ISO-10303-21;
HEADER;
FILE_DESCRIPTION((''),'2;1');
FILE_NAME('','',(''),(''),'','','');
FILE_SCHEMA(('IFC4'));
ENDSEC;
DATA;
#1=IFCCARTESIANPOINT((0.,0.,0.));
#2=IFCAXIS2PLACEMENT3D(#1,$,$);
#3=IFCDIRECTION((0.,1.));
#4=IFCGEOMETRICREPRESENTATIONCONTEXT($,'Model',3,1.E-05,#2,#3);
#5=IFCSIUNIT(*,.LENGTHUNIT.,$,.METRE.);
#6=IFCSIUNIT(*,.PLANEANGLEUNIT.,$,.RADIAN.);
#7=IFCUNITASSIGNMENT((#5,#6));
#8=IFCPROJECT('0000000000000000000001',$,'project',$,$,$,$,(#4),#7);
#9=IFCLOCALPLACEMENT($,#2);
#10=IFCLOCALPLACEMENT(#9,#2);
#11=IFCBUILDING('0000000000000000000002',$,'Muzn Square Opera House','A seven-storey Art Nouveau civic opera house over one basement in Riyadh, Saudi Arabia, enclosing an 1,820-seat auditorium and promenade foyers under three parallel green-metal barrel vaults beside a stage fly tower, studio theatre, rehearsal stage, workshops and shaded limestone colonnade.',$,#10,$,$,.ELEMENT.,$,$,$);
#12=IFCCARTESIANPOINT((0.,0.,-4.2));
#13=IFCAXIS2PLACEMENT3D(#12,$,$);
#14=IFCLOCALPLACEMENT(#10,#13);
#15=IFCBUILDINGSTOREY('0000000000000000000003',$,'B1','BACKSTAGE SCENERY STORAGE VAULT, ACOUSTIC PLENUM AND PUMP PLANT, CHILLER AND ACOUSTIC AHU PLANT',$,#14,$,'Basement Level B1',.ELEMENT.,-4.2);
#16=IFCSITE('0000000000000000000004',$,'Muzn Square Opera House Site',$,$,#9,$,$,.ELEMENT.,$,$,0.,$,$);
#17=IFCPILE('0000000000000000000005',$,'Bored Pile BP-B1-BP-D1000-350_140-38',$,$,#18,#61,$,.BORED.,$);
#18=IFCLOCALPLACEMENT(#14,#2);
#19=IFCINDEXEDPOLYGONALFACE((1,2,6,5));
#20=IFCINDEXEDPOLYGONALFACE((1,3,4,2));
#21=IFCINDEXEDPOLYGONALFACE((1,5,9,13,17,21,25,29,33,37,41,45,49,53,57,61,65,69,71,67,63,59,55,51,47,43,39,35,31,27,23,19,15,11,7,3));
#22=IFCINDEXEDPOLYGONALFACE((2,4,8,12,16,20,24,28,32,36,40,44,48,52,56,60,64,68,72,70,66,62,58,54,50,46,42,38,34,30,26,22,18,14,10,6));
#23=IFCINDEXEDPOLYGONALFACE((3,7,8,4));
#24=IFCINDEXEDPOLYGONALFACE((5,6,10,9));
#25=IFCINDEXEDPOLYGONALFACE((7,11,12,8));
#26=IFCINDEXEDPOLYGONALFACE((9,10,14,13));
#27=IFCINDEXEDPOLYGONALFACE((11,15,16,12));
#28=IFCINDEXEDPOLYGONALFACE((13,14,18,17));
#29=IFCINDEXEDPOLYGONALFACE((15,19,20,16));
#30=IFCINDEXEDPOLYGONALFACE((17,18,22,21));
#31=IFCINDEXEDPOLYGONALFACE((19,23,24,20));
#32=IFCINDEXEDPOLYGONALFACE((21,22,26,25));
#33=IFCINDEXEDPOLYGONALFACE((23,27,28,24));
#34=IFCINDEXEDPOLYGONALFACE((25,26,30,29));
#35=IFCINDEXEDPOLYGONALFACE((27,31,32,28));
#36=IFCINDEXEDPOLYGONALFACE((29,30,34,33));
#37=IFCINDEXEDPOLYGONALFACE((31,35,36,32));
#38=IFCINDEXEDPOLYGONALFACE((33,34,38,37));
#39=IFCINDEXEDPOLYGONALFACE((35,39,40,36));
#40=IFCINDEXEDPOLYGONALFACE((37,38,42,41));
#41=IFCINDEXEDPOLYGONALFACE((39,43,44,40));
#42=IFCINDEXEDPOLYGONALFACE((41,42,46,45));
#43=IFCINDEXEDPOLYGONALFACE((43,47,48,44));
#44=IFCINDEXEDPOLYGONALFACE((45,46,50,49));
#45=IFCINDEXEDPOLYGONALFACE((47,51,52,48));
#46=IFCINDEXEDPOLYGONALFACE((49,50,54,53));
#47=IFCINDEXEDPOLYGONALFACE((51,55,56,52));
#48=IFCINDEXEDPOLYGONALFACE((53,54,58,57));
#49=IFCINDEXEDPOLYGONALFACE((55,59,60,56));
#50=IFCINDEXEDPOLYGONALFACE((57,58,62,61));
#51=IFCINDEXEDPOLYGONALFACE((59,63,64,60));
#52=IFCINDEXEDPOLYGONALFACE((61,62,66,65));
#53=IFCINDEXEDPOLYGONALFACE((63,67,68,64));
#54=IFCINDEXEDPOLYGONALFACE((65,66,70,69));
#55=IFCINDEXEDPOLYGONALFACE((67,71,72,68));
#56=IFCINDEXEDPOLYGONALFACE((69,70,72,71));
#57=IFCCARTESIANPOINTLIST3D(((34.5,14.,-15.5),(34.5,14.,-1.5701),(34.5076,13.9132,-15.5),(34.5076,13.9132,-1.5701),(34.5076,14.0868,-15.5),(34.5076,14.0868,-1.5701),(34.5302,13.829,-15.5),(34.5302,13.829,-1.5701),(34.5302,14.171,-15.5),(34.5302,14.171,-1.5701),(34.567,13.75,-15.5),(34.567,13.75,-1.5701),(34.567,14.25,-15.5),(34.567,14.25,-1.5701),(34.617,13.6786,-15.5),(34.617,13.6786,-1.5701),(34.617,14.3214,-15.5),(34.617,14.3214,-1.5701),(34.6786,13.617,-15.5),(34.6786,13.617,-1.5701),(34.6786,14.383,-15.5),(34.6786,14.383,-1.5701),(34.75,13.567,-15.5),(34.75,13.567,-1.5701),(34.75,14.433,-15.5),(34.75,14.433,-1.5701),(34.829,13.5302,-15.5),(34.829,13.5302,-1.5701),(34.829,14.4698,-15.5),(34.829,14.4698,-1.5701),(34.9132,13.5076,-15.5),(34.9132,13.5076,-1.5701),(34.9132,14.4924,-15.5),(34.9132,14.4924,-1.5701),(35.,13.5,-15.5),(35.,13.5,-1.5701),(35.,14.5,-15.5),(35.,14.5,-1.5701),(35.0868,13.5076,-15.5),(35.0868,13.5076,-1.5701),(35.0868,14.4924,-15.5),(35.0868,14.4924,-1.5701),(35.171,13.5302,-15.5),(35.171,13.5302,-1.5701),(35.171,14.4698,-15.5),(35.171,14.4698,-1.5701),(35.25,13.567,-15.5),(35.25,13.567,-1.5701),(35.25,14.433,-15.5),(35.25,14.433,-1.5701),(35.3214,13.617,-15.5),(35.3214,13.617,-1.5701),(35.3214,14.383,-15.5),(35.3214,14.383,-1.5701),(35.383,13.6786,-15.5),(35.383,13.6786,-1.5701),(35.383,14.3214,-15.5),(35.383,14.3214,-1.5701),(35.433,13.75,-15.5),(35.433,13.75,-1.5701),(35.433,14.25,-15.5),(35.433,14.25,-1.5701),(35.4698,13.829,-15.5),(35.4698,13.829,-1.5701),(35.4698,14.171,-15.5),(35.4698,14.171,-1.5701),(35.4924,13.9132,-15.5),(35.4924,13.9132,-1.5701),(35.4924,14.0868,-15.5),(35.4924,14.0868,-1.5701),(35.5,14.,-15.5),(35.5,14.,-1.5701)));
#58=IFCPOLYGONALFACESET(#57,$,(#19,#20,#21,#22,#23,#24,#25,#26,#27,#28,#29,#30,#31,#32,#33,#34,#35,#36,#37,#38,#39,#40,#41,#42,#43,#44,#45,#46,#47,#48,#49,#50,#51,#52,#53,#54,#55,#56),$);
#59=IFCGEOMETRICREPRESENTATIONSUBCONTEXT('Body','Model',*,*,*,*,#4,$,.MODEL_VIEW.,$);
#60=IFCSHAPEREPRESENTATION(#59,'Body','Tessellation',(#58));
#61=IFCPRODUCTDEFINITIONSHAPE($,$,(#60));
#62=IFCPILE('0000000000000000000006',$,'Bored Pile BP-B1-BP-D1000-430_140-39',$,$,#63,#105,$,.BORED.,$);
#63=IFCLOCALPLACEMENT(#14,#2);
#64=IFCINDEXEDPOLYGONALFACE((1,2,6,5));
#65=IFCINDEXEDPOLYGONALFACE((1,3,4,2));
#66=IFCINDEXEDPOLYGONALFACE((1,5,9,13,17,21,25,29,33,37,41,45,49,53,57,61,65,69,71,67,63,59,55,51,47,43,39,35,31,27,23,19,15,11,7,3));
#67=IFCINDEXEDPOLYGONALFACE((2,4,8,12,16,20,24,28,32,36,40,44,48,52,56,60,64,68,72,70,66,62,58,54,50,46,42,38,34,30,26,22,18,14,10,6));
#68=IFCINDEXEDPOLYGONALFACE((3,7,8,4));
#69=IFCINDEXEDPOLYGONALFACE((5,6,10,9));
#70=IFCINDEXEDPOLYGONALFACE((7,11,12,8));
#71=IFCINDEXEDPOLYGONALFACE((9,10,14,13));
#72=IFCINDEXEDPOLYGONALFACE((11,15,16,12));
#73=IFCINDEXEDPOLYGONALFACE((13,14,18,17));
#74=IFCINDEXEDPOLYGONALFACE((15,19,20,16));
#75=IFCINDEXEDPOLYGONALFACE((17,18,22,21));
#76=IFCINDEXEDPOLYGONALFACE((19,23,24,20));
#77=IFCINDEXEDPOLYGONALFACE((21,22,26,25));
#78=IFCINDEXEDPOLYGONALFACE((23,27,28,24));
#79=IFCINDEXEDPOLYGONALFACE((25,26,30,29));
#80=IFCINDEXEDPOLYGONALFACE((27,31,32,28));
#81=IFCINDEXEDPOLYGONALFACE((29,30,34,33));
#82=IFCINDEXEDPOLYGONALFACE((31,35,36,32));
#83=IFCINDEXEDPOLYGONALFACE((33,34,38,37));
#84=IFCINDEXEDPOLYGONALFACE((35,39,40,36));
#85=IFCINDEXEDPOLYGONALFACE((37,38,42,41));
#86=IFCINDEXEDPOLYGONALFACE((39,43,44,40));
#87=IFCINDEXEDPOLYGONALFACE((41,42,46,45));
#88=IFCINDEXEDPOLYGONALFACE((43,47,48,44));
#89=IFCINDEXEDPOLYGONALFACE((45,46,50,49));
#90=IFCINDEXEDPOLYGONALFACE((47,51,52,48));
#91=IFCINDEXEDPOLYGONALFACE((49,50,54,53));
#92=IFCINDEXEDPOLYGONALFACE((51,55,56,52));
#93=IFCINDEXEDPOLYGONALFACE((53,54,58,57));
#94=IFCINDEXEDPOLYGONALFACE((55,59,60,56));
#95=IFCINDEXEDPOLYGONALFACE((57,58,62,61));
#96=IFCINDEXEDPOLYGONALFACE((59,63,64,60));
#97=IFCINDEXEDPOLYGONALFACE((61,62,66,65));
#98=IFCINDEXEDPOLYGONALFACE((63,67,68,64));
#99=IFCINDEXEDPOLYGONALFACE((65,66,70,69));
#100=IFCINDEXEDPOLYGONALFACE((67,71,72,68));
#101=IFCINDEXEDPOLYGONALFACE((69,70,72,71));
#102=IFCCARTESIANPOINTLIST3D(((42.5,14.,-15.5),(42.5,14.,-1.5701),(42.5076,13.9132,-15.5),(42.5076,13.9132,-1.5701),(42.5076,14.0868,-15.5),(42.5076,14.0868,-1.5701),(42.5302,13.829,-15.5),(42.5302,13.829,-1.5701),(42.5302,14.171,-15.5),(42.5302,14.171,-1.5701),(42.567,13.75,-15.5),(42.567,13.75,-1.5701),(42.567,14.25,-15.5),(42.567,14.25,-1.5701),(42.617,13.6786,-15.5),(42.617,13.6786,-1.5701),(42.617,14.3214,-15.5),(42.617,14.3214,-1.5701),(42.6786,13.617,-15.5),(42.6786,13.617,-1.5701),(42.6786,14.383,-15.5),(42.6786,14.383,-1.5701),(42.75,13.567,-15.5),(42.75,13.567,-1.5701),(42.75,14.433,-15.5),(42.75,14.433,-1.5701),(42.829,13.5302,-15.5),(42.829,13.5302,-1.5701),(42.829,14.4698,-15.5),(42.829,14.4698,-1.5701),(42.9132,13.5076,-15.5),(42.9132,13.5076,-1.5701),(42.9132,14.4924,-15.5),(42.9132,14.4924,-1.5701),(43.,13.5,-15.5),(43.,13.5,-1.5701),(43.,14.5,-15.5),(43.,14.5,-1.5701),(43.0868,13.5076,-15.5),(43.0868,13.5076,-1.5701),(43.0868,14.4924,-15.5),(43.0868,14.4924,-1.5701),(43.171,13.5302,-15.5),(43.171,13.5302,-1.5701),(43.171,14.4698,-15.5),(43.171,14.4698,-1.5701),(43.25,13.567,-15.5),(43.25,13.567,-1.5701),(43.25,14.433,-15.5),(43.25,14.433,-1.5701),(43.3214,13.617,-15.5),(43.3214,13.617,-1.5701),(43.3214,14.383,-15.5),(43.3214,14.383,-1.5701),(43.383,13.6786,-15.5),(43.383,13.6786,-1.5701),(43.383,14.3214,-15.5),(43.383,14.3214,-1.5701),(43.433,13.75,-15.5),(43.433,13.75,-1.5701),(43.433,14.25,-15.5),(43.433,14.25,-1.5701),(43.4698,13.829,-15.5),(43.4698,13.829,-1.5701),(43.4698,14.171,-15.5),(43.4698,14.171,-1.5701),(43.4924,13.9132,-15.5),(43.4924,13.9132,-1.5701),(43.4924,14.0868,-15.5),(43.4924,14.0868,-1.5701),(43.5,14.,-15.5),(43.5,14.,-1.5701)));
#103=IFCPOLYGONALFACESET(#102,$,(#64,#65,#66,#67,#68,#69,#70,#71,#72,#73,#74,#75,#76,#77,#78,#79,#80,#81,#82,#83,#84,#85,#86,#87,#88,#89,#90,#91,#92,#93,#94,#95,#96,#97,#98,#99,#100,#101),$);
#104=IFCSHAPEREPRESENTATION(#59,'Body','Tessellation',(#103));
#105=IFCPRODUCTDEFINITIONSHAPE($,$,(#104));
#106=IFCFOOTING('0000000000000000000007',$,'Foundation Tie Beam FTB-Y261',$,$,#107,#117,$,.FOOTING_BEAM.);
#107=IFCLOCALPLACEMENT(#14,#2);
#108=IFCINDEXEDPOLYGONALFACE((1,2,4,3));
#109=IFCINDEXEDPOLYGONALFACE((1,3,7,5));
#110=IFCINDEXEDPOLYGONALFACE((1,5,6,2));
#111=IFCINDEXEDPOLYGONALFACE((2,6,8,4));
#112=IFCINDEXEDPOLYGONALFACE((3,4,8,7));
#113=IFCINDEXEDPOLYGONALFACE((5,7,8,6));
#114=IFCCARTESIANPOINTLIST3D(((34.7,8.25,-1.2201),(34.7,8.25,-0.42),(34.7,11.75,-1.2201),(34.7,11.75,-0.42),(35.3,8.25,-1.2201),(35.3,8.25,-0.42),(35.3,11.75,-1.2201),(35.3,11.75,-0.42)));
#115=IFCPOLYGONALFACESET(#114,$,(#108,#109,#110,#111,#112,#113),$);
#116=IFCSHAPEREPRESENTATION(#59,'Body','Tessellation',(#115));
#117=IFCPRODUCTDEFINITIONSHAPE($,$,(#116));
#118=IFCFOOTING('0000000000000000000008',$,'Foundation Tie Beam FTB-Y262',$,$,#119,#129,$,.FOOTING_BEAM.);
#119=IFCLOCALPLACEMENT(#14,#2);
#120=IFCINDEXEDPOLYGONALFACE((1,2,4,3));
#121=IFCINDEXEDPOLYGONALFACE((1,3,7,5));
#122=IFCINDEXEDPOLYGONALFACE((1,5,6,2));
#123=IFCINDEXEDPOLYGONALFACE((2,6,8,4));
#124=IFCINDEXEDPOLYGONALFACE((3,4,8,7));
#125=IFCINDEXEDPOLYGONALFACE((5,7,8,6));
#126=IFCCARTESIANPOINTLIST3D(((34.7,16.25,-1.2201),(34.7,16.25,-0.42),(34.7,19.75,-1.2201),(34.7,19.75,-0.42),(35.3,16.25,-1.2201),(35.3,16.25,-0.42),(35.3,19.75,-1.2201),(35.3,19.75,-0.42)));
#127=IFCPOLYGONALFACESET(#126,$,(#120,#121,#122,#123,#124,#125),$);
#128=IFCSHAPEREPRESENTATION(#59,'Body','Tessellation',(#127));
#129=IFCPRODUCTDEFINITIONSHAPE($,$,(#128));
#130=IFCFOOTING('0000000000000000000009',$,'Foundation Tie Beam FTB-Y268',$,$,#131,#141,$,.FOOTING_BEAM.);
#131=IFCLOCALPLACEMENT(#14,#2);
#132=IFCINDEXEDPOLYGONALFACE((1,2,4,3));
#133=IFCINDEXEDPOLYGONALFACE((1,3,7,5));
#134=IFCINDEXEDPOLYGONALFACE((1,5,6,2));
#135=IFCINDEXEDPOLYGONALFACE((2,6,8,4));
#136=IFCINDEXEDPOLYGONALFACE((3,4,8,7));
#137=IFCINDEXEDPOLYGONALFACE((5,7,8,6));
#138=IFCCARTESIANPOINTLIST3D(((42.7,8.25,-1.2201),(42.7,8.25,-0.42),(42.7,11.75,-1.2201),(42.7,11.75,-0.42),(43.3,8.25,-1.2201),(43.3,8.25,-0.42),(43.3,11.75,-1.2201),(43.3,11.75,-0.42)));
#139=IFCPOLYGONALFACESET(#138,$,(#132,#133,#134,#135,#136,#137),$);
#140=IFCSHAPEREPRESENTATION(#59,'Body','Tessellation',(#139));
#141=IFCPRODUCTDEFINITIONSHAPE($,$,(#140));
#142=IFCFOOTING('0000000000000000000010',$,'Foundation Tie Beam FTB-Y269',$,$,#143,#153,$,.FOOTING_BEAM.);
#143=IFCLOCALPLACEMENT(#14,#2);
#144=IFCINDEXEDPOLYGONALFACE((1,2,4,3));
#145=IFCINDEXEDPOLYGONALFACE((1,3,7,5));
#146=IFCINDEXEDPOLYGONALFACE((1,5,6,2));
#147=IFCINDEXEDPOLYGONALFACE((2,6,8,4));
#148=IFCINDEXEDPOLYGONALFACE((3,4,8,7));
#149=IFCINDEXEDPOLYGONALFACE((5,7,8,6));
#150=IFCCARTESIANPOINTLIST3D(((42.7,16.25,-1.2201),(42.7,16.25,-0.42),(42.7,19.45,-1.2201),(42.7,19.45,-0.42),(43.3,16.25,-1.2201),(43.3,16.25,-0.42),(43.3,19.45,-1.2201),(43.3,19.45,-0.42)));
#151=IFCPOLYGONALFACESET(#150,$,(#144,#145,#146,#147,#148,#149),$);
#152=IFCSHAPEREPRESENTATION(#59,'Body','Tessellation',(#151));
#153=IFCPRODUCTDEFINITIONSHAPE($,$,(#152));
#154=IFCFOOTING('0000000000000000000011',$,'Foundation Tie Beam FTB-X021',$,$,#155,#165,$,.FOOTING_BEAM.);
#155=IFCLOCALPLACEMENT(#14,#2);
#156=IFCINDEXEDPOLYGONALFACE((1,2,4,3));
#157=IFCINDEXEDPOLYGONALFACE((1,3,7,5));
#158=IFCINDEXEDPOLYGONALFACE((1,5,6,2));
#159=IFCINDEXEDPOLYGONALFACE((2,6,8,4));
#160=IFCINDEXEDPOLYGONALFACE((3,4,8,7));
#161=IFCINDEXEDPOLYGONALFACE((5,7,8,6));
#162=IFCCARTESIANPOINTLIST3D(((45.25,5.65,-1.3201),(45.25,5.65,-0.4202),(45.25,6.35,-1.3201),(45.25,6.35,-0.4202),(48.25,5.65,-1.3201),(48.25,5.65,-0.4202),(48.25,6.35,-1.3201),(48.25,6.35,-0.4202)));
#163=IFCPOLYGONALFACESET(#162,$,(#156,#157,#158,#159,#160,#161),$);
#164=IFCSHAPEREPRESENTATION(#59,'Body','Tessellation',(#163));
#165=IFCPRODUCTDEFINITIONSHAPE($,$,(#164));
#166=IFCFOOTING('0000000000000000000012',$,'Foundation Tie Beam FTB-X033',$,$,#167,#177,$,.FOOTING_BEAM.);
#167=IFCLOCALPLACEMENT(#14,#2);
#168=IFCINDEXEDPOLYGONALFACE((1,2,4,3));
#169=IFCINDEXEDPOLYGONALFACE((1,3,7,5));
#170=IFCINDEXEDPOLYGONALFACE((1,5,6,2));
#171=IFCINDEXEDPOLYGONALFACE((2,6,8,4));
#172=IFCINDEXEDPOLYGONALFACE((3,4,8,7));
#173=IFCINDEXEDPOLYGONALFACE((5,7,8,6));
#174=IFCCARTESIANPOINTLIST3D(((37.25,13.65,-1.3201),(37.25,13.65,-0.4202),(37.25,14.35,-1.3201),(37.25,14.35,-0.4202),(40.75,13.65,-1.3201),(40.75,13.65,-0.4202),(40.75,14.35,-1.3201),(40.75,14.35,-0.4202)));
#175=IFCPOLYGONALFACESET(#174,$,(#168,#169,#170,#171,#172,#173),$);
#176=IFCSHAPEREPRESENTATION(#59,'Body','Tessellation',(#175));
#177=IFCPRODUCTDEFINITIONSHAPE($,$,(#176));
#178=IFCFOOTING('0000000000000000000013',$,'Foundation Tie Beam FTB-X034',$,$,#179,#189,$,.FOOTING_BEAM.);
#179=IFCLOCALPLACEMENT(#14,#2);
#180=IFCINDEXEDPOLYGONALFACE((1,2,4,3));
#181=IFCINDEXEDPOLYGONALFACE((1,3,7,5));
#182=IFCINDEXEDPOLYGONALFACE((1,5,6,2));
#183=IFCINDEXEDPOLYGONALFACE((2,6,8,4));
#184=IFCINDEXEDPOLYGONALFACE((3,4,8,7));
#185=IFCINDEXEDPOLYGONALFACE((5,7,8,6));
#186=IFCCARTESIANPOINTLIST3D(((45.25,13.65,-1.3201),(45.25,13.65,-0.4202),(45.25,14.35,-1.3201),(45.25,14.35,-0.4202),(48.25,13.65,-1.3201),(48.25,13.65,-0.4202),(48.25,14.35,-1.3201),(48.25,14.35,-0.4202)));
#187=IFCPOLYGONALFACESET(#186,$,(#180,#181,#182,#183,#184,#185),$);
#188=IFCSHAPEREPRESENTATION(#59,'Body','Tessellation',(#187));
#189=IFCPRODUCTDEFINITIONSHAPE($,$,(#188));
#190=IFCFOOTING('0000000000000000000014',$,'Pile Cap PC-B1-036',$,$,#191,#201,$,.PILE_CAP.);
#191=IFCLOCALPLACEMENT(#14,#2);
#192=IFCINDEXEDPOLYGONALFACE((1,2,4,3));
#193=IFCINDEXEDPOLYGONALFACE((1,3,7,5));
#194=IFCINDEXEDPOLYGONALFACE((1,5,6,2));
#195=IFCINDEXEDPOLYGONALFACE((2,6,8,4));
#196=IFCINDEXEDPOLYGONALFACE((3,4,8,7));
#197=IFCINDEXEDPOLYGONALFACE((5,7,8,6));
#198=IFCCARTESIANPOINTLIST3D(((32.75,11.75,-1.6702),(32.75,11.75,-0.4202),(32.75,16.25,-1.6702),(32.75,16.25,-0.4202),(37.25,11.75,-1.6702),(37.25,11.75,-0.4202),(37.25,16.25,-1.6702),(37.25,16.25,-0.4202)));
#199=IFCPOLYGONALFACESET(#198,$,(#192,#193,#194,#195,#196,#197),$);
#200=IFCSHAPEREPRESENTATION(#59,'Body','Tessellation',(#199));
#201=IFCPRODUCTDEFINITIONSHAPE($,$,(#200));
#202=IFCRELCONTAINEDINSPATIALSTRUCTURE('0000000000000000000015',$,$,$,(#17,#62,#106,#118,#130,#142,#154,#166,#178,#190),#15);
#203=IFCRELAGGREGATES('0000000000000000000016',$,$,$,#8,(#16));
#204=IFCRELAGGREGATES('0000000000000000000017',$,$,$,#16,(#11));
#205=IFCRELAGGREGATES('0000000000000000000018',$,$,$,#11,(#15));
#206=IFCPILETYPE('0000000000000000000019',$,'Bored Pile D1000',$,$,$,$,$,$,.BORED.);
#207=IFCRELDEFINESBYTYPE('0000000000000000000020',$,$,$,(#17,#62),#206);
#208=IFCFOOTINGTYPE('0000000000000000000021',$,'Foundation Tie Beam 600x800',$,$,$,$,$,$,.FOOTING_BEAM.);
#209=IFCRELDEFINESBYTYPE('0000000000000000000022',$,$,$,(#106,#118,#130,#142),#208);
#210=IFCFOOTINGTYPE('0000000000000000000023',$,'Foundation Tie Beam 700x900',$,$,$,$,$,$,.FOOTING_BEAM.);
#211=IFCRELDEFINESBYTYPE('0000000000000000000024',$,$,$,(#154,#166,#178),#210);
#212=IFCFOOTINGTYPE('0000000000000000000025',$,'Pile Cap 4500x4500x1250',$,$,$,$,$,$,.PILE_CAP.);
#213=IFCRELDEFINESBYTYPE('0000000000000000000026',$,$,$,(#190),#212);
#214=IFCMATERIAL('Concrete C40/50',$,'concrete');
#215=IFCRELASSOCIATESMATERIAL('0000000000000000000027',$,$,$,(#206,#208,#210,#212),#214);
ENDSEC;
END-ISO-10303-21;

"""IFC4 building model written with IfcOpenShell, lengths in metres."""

from ifc_helpers import new_model, si_unit, direction, frame, origin, origin_2d, place, context, subcontext, project, spatial, rectangle, circle, extrude, material, material_profile, profile_set, type_object, element, save


model = new_model("IFC4")

# Units and contexts
model_context = context("Model", 3, precision=1e-05, world=origin(), true_north=direction((0.0, 1.0)))
body_context = subcontext(model_context, "Body", "Model", "MODEL_VIEW")
ifc_project = project(units=[si_unit("LENGTHUNIT", "METRE"), si_unit("PLANEANGLEUNIT", "RADIAN")], contexts=[model_context])

# Site, building, storey
site_placement = place(None, origin())
site = spatial("IfcSite", under=ifc_project, at=site_placement, Name="Muzn Square Opera House Site", CompositionType="ELEMENT", RefElevation=0.0)
building_placement = place(site_placement, origin())
building = spatial("IfcBuilding", under=site, at=building_placement, Name="Muzn Square Opera House", Description="A seven-storey Art Nouveau civic opera house over one basement in Riyadh, Saudi Arabia, enclosing an 1,820-seat auditorium and promenade foyers under three parallel green-metal barrel vaults beside a stage fly tower, studio theatre, rehearsal stage, workshops and shaded limestone colonnade.", CompositionType="ELEMENT")
storey_placement = place(building_placement, frame((0.0, 0.0, -4.2)))
storey = spatial("IfcBuildingStorey", under=building, at=storey_placement, Name="B1", Description="BACKSTAGE SCENERY STORAGE VAULT, ACOUSTIC PLENUM AND PUMP PLANT, CHILLER AND ACOUSTIC AHU PLANT", LongName="Basement Level B1", CompositionType="ELEMENT", Elevation=-4.2)

# Piles
ifc_material_1 = material(Name="Concrete C40/50", Category="concrete")
ifc_material_profile_1 = material_profile(ifc_material_1, circle(Radius=0.5, at=origin_2d()), Name="BORED PILE D1000", Category="concrete")
ifc_profile_set_1 = profile_set([ifc_material_profile_1], Name="Concrete C40/50")
pile_type = type_object("IfcPileType", Name="Bored Pile D1000", PredefinedType="BORED", material=ifc_profile_set_1)
for number, where, z_axis, x_axis, name in (
    (1, (35.0, 14.0, -1.5701), (0.0, 0.0, -1.0), (1.0, 0.0, 0.0), "Bored Pile BP-B1-BP-D1000-350_140-38"),
    (2, (43.0, 14.0, -1.5701), (0.0, 0.0, -1.0), (1.0, 0.0, 0.0), "Bored Pile BP-B1-BP-D1000-430_140-39"),
):
    element("IfcPile", number, at=place(storey_placement, frame(where, z_axis=z_axis, x_axis=x_axis)), inside=storey, type_object=pile_type, Name=name, PredefinedType="BORED", context=body_context, shape_type="SweptSolid", body=[
        extrude(circle(Radius=0.5, at=origin_2d()), origin(), (0.0, 0.0, 1.0), 13.9299),
    ])

# Footings
ifc_material_profile_2 = material_profile(ifc_material_1, rectangle(XDim=0.6001, YDim=0.8, at=origin_2d()), Name="RCTB 600x800", Category="concrete")
ifc_profile_set_2 = profile_set([ifc_material_profile_2], Name="Concrete C40/50")
footing_type_1 = type_object("IfcFootingType", Name="Foundation Tie Beam 600x800", PredefinedType="FOOTING_BEAM", material=ifc_profile_set_2)
for number, where, z_axis, x_axis, name in (
    (3, (35.0, 8.25, -0.8201), (0.0, 1.0, 0.0), (-1.0, 0.0, 0.0), "Foundation Tie Beam FTB-Y261"),
    (4, (35.0, 16.25, -0.8201), (0.0, 1.0, 0.0), (-1.0, 0.0, 0.0), "Foundation Tie Beam FTB-Y262"),
    (5, (43.0, 8.25, -0.8201), (0.0, 1.0, 0.0), (-1.0, 0.0, 0.0), "Foundation Tie Beam FTB-Y268"),
):
    element("IfcFooting", number, at=place(storey_placement, frame(where, z_axis=z_axis, x_axis=x_axis)), inside=storey, type_object=footing_type_1, Name=name, PredefinedType="FOOTING_BEAM", context=body_context, shape_type="SweptSolid", body=[
        extrude(rectangle(XDim=0.6001, YDim=0.8, at=origin_2d()), origin(), (0.0, 0.0, 1.0), 3.5),
    ])
footing_1_placement = place(storey_placement, frame((43.0, 16.25, -0.8201), z_axis=(0.0, 1.0, 0.0), x_axis=(-1.0, 0.0, 0.0)))
element("IfcFooting", 6, at=footing_1_placement, inside=storey, type_object=footing_type_1, Name="Foundation Tie Beam FTB-Y269", PredefinedType="FOOTING_BEAM", context=body_context, shape_type="SweptSolid", body=[
    extrude(rectangle(XDim=0.6001, YDim=0.8, at=origin_2d()), origin(), (0.0, 0.0, 1.0), 3.2),
])
ifc_material_profile_3 = material_profile(ifc_material_1, rectangle(XDim=0.7, YDim=0.8999, at=origin_2d()), Name="RCTB 700x900", Category="concrete")
ifc_profile_set_3 = profile_set([ifc_material_profile_3], Name="Concrete C40/50")
footing_type_2 = type_object("IfcFootingType", Name="Foundation Tie Beam 700x900", PredefinedType="FOOTING_BEAM", material=ifc_profile_set_3)
footing_2_placement = place(storey_placement, frame((45.25, 6.0, -0.8701), z_axis=(1.0, 0.0, 0.0), x_axis=(0.0, 1.0, 0.0)))
element("IfcFooting", 7, at=footing_2_placement, inside=storey, type_object=footing_type_2, Name="Foundation Tie Beam FTB-X021", PredefinedType="FOOTING_BEAM", context=body_context, shape_type="SweptSolid", body=[
    extrude(rectangle(XDim=0.7, YDim=0.8999, at=origin_2d()), origin(), (0.0, 0.0, 1.0), 3.0),
])
footing_3_placement = place(storey_placement, frame((37.25, 14.0, -0.8701), z_axis=(1.0, 0.0, 0.0), x_axis=(0.0, 1.0, 0.0)))
element("IfcFooting", 8, at=footing_3_placement, inside=storey, type_object=footing_type_2, Name="Foundation Tie Beam FTB-X033", PredefinedType="FOOTING_BEAM", context=body_context, shape_type="SweptSolid", body=[
    extrude(rectangle(XDim=0.7, YDim=0.8999, at=origin_2d()), origin(), (0.0, 0.0, 1.0), 3.5),
])
footing_4_placement = place(storey_placement, frame((45.25, 14.0, -0.8701), z_axis=(1.0, 0.0, 0.0), x_axis=(0.0, 1.0, 0.0)))
element("IfcFooting", 9, at=footing_4_placement, inside=storey, type_object=footing_type_2, Name="Foundation Tie Beam FTB-X034", PredefinedType="FOOTING_BEAM", context=body_context, shape_type="SweptSolid", body=[
    extrude(rectangle(XDim=0.7, YDim=0.8999, at=origin_2d()), origin(), (0.0, 0.0, 1.0), 3.0),
])
footing_type_3 = type_object("IfcFootingType", Name="Pile Cap 4500x4500x1250", PredefinedType="PILE_CAP", material=ifc_material_1)
for number, where, z_axis, x_axis, name in (
    (10, (35.0, 14.0, -1.6702), (0.0, 0.0, 1.0), (1.0, 0.0, 0.0), "Pile Cap PC-B1-036"),
):
    element("IfcFooting", number, at=place(storey_placement, frame(where, z_axis=z_axis, x_axis=x_axis)), inside=storey, type_object=footing_type_3, Name=name, PredefinedType="PILE_CAP", context=body_context, shape_type="SweptSolid", body=[
        extrude(rectangle(XDim=4.5, YDim=4.5, at=origin_2d()), origin(), (0.0, 0.0, 1.0), 1.25),
    ])

save(model, "model.ifc")
